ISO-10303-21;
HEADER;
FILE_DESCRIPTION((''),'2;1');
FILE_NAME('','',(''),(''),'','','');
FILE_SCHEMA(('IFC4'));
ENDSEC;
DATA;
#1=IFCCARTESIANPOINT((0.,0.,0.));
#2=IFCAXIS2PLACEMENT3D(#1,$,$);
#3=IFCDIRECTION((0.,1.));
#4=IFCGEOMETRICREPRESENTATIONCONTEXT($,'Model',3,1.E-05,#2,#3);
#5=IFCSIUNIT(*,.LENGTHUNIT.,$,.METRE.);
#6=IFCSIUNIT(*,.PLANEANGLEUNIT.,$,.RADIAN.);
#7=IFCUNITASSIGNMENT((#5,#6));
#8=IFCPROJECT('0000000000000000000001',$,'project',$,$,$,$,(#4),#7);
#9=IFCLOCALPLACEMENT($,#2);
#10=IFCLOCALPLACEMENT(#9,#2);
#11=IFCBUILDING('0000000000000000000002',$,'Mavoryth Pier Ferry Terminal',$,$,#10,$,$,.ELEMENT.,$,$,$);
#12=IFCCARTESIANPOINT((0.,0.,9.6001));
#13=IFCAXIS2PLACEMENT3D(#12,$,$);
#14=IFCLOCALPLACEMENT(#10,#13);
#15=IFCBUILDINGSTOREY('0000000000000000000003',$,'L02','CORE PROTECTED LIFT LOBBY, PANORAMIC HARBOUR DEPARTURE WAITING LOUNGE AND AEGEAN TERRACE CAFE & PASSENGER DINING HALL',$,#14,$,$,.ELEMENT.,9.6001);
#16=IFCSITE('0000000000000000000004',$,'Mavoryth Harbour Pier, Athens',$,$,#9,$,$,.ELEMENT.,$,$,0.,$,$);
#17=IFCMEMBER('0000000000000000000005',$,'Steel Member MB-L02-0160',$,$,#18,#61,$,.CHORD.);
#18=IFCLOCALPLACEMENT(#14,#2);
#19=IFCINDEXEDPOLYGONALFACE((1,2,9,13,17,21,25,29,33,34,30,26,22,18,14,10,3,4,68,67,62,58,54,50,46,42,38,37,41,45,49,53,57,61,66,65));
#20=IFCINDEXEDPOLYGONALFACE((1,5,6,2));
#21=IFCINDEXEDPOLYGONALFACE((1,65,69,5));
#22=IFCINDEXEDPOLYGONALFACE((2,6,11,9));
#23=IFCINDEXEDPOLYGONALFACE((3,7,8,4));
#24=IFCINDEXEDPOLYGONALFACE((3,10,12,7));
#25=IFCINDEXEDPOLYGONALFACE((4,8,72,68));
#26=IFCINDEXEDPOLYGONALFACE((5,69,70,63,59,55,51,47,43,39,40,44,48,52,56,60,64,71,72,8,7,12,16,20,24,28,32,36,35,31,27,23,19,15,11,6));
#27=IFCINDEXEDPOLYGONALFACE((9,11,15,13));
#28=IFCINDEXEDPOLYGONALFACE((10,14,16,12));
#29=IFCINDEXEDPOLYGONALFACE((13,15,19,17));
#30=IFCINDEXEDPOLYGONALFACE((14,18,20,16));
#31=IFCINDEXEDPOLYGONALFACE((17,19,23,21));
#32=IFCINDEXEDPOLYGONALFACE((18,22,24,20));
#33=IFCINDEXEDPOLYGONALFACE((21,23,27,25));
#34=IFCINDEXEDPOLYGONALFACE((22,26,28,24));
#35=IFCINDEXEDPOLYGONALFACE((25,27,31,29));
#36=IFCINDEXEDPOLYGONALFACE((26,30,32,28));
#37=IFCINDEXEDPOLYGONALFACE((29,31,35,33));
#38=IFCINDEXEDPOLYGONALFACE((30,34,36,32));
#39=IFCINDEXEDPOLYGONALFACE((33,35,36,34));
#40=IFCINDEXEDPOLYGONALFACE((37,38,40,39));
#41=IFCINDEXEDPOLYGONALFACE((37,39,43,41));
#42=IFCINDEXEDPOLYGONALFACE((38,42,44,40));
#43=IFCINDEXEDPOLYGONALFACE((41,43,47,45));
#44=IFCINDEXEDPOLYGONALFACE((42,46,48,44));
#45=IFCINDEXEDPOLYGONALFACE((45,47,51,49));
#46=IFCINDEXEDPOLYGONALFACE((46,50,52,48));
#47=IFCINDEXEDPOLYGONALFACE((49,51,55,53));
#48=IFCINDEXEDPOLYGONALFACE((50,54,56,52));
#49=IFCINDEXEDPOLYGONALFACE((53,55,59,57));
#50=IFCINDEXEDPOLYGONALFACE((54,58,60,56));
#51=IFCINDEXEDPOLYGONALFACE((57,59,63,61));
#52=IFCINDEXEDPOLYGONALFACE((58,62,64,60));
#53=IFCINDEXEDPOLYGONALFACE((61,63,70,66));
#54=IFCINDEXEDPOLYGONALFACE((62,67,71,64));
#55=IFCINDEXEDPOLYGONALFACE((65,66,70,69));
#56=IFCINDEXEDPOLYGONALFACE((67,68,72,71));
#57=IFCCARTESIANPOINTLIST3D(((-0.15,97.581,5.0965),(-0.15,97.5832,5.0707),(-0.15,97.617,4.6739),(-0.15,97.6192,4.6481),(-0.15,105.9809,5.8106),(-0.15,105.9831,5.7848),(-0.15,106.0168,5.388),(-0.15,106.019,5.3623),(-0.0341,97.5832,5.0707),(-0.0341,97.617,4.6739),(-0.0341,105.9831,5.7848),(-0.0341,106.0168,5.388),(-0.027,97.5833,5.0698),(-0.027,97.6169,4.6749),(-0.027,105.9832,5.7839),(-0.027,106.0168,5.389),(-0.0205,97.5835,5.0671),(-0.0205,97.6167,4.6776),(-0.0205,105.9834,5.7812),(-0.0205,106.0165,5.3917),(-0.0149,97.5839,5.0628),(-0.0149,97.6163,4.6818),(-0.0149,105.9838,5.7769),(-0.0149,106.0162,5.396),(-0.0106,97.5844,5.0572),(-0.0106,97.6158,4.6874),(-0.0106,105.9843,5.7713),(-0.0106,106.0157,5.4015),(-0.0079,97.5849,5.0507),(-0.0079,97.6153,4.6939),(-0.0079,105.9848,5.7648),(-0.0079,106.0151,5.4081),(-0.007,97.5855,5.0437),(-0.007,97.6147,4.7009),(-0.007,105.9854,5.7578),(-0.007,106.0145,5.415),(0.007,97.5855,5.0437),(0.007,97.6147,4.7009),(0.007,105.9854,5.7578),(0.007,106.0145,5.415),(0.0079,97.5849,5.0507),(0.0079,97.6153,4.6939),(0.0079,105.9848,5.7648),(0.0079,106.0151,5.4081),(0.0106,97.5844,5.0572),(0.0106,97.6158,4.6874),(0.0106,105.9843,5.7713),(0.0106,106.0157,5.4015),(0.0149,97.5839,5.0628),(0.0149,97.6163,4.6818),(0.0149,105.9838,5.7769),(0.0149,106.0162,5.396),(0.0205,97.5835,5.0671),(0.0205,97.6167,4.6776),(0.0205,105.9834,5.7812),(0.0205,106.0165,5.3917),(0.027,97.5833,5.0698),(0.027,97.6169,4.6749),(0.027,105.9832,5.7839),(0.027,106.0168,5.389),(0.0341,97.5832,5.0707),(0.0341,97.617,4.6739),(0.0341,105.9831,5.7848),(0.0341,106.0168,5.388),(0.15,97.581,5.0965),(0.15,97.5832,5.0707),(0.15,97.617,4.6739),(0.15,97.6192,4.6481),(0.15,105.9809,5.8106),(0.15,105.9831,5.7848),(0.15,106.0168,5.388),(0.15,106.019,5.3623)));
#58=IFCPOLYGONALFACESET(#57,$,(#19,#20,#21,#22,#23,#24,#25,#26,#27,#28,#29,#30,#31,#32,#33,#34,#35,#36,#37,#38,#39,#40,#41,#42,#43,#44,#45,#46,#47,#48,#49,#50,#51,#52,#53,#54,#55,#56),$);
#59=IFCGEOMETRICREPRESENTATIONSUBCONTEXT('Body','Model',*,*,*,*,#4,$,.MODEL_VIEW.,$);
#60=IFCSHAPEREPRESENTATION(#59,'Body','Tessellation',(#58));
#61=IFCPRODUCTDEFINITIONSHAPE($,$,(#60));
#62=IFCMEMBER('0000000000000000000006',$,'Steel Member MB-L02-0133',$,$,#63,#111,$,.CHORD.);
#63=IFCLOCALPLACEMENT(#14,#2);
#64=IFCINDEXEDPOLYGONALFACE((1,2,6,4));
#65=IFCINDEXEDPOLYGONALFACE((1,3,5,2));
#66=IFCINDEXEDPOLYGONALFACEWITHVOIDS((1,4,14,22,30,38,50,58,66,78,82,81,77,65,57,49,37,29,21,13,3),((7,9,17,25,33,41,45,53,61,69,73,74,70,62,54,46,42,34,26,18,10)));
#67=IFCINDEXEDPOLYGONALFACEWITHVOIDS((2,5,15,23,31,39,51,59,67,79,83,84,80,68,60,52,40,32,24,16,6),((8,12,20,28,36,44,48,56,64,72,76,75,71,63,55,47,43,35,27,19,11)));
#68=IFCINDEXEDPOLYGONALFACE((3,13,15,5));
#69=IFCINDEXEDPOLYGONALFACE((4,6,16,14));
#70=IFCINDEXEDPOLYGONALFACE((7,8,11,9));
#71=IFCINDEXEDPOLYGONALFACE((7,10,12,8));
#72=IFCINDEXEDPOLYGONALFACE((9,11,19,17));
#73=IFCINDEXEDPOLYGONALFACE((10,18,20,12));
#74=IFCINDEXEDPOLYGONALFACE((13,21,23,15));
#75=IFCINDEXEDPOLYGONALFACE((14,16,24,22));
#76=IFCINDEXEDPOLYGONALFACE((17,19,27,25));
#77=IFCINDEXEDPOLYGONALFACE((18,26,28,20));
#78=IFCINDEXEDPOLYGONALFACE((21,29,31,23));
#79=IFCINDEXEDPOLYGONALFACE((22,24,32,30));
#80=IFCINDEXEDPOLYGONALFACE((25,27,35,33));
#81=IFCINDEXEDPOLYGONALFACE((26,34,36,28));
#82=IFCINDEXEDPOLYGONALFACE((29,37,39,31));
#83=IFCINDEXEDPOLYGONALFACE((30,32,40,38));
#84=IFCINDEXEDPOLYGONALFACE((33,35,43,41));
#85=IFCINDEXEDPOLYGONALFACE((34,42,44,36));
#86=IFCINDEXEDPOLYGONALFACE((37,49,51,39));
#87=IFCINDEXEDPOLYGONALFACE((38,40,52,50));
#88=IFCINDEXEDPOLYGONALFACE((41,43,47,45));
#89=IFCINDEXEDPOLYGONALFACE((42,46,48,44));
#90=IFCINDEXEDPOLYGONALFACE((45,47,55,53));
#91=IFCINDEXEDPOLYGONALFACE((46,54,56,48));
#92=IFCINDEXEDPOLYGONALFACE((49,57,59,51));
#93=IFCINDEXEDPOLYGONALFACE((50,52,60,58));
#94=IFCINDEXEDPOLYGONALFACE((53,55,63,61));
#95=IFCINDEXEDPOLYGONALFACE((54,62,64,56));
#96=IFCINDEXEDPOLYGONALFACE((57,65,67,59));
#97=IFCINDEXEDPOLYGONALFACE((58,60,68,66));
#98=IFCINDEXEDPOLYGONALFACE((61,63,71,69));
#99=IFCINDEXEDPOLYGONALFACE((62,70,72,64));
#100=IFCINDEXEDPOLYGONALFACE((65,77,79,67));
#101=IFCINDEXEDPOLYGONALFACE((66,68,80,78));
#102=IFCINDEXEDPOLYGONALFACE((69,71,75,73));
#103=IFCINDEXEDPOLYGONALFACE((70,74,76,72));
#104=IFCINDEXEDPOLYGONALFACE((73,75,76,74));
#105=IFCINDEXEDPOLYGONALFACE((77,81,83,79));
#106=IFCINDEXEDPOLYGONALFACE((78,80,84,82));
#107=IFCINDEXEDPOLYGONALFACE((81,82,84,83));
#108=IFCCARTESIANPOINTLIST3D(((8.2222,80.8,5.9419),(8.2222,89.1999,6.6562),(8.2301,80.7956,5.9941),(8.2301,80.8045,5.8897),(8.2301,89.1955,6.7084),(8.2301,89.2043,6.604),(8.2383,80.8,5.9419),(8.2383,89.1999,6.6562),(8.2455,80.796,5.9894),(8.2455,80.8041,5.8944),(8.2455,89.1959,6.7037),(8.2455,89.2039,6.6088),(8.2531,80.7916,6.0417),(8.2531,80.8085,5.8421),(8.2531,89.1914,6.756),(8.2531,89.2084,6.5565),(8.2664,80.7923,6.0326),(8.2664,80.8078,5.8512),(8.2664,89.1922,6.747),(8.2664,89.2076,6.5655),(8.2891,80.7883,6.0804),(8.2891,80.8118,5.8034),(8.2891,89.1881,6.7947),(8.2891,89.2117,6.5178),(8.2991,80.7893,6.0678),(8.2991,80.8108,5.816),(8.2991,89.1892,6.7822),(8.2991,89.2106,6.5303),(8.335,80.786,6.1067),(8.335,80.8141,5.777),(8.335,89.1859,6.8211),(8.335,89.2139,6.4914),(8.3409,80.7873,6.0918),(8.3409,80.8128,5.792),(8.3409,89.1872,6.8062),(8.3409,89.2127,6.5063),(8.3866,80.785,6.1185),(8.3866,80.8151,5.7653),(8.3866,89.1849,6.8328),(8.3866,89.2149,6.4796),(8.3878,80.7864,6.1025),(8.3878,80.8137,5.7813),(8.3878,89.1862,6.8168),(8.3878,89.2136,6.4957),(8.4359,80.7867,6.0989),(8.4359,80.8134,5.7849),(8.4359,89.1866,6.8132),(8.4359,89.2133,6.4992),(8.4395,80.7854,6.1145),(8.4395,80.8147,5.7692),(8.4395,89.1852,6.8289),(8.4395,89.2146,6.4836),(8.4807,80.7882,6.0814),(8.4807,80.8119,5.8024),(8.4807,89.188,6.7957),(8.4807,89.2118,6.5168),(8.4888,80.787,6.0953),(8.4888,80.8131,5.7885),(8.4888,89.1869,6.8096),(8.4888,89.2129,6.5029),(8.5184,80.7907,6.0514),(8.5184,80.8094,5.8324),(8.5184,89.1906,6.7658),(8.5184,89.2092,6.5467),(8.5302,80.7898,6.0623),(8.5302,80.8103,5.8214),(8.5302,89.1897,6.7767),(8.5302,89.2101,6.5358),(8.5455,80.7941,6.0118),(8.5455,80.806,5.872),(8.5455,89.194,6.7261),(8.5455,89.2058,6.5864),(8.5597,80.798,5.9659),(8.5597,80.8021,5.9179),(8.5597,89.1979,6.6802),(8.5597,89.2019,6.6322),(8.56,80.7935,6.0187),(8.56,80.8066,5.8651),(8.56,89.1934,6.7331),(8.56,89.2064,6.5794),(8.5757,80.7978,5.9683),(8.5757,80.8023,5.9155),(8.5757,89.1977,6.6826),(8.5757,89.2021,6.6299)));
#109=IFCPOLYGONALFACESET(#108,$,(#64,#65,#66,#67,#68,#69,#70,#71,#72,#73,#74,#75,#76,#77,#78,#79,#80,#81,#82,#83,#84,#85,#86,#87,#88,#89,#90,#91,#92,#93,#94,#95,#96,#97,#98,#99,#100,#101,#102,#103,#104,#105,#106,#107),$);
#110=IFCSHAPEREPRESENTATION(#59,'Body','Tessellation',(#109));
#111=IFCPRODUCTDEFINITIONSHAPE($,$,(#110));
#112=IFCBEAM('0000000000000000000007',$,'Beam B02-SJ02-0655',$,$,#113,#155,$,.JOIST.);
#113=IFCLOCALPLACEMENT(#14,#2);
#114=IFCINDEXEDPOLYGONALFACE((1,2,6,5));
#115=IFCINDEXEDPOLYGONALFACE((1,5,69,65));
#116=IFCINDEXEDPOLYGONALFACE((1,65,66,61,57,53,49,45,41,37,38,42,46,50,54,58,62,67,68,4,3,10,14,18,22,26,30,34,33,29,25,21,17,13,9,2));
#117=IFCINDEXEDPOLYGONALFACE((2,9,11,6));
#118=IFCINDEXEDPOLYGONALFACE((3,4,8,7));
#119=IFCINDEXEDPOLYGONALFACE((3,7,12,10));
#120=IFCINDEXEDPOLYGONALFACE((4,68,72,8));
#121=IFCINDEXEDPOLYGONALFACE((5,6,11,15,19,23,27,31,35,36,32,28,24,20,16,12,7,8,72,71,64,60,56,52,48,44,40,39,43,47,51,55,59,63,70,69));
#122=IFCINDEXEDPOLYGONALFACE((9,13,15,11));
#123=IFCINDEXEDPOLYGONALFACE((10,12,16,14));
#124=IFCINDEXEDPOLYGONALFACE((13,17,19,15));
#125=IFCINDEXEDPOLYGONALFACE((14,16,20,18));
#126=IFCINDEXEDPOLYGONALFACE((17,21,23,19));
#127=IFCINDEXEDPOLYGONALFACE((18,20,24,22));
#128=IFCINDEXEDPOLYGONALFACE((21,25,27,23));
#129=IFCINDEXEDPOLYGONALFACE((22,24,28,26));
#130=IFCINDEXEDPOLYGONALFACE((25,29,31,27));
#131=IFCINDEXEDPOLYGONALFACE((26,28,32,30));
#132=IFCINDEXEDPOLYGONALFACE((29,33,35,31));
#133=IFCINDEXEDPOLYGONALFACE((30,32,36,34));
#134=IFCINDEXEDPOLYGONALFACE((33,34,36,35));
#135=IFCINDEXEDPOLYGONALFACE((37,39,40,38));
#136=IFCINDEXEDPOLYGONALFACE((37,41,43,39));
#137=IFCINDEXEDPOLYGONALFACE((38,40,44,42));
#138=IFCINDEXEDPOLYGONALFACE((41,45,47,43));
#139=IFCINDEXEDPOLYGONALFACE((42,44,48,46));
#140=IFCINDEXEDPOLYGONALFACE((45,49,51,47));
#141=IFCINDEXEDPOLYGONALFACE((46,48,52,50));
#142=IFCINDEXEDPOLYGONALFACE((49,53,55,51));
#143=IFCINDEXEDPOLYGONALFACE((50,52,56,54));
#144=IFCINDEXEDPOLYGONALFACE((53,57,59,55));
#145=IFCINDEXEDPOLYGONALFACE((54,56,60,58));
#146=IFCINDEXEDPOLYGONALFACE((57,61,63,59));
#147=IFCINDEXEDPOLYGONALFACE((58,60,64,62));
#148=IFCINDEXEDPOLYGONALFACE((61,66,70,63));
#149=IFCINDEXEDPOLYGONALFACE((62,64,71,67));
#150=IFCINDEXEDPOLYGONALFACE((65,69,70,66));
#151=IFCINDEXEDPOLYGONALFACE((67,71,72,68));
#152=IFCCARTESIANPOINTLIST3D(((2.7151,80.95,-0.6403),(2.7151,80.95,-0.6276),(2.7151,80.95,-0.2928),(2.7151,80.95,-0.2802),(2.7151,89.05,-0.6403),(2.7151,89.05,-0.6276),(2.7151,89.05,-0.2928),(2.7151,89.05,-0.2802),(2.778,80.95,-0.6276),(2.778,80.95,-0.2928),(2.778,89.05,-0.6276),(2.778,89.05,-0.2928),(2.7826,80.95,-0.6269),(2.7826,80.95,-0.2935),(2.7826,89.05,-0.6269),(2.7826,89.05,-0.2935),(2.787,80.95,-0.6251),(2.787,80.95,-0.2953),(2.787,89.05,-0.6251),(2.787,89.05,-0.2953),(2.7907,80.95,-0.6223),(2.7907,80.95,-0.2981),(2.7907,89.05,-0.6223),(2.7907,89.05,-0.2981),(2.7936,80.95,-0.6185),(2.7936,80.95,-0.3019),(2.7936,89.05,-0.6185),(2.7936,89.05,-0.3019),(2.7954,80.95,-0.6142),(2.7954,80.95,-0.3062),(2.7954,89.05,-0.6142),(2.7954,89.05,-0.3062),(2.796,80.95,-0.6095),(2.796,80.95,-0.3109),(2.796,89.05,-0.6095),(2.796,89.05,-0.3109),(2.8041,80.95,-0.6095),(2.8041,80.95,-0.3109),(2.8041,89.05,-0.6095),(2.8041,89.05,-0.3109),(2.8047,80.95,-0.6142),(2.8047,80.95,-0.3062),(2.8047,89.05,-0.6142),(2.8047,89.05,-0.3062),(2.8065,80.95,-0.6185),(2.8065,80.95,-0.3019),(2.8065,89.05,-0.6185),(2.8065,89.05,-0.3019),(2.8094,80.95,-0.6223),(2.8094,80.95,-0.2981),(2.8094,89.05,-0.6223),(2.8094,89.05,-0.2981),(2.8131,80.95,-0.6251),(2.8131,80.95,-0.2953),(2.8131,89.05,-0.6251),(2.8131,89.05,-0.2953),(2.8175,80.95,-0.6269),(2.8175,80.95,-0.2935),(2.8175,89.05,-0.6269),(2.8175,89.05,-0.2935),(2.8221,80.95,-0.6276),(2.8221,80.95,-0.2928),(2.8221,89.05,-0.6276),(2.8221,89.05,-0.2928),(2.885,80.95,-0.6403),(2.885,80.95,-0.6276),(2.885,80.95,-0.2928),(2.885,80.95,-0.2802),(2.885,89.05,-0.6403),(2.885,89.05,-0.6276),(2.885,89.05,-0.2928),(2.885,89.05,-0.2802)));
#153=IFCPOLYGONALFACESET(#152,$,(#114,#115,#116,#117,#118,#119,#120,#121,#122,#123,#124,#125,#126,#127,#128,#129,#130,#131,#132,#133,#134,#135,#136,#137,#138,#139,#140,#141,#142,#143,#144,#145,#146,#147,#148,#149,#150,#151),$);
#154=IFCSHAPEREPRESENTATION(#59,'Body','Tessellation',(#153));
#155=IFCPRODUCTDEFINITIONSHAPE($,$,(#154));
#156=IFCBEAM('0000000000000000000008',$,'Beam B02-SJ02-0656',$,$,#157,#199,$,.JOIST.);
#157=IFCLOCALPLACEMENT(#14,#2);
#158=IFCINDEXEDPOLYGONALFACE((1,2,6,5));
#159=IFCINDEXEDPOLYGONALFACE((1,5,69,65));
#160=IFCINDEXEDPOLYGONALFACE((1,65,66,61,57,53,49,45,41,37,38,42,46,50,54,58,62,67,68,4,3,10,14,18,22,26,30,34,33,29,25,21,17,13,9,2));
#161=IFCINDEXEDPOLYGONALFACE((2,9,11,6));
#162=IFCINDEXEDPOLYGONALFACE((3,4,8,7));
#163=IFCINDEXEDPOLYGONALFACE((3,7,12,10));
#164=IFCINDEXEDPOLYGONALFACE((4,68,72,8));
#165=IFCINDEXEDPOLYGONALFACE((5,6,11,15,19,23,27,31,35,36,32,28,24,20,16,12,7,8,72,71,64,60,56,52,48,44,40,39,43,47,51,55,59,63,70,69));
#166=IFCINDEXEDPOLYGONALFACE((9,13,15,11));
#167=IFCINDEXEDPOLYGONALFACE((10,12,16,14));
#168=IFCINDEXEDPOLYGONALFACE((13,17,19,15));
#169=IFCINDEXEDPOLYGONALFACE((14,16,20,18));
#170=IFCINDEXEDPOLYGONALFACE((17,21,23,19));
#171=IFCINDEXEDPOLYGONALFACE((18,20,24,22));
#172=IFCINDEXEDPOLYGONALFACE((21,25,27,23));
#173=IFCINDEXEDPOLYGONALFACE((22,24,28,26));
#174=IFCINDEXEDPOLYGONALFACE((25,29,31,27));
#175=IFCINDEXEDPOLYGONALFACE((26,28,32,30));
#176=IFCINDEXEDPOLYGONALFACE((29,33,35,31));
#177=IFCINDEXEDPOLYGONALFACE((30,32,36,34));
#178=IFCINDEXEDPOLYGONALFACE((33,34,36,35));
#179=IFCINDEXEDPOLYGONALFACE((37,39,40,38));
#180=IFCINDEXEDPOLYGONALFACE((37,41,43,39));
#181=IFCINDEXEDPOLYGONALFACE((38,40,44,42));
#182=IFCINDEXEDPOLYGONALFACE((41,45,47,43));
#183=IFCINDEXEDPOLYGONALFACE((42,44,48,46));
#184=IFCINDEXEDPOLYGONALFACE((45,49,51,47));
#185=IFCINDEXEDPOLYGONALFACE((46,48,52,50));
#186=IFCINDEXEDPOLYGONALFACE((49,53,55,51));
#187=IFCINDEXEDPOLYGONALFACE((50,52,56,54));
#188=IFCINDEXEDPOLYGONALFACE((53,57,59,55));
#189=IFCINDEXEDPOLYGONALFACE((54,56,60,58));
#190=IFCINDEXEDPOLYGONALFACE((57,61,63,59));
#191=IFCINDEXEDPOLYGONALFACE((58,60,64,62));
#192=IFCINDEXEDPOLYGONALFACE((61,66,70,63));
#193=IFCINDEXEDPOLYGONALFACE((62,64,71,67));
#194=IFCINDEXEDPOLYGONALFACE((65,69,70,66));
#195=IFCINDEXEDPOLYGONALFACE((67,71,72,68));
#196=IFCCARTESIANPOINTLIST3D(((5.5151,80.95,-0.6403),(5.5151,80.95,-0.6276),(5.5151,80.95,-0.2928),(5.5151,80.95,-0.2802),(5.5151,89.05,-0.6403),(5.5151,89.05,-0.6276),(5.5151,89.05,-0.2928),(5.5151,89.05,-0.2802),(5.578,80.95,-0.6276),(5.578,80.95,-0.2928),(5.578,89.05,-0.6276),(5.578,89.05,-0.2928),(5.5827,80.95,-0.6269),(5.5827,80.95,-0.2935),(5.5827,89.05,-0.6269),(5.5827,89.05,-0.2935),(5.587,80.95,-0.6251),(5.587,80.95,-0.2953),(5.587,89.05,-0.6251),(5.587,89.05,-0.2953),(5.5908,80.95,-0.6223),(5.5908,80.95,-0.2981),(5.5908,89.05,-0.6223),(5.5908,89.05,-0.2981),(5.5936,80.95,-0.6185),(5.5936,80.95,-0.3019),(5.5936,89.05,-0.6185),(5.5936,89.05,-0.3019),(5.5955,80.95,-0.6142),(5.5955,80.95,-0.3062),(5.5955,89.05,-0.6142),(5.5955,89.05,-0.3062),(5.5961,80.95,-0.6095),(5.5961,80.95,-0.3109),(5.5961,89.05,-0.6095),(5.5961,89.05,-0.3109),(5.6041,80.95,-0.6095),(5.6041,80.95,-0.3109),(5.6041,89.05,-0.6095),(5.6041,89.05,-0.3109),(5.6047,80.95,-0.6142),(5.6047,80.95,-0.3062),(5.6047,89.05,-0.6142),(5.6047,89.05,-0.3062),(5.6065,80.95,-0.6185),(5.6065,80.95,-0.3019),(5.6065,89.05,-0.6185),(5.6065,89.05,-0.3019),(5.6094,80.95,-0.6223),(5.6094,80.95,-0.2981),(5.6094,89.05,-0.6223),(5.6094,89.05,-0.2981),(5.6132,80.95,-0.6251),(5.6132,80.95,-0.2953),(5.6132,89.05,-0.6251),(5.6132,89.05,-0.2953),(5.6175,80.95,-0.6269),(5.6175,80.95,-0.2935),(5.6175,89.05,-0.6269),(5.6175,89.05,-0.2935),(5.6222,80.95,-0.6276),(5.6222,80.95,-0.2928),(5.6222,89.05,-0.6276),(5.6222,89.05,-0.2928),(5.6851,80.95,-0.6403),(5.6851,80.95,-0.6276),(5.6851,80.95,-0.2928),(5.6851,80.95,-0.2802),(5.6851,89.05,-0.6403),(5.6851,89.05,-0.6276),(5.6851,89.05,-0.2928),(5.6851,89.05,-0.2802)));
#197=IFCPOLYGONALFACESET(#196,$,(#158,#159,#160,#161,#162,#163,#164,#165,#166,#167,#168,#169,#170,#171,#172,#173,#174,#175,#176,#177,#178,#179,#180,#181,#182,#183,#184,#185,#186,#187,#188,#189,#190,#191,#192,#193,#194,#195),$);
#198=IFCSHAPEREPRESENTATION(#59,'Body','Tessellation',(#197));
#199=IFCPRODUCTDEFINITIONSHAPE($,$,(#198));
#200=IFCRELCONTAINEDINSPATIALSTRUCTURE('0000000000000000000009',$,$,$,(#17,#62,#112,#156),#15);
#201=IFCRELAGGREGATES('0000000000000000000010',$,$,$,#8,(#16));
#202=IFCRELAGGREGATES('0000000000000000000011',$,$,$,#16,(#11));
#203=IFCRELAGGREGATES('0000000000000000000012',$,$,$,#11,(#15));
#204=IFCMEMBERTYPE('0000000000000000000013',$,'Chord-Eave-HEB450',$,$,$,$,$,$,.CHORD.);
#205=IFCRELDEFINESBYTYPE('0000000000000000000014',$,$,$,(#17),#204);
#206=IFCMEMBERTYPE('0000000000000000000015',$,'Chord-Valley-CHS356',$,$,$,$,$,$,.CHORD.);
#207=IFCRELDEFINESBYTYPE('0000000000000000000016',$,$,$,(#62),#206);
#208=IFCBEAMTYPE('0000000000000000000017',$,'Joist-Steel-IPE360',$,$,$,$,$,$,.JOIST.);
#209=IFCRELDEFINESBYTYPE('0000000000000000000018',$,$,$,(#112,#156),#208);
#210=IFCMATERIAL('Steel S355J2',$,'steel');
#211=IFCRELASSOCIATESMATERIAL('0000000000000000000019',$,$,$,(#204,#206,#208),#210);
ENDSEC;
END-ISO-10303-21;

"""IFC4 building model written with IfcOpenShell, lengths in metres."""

from ifc_helpers import new_model, si_unit, direction, frame, origin, origin_2d, place, context, subcontext, project, spatial, hollow_circle, i_section, extrude, material, material_profile, profile_set, type_object, element, save


model = new_model("IFC4")

# Units and contexts
model_context = context("Model", 3, precision=1e-05, world=origin(), true_north=direction((0.0, 1.0)))
body_context = subcontext(model_context, "Body", "Model", "MODEL_VIEW")
ifc_project = project(units=[si_unit("LENGTHUNIT", "METRE"), si_unit("PLANEANGLEUNIT", "RADIAN")], contexts=[model_context])

# Site, building, storey
site_placement = place(None, origin())
site = spatial("IfcSite", under=ifc_project, at=site_placement, Name="Mavoryth Harbour Pier, Athens", CompositionType="ELEMENT", RefElevation=0.0)
building_placement = place(site_placement, origin())
building = spatial("IfcBuilding", under=site, at=building_placement, Name="Mavoryth Pier Ferry Terminal", CompositionType="ELEMENT")
storey_placement = place(building_placement, frame((0.0, 0.0, 9.6001)))
storey = spatial("IfcBuildingStorey", under=building, at=storey_placement, Name="L02", Description="CORE PROTECTED LIFT LOBBY, PANORAMIC HARBOUR DEPARTURE WAITING LOUNGE AND AEGEAN TERRACE CAFE & PASSENGER DINING HALL", CompositionType="ELEMENT", Elevation=9.6001)

# Shared definitions
ifc_material_1 = material(Name="Steel S355J2", Category="steel")

# Members
ifc_material_profile_1 = material_profile(ifc_material_1, i_section(OverallWidth=0.3, OverallDepth=0.45, WebThickness=0.0139, FlangeThickness=0.0259, FilletRadius=0.0271, at=origin_2d()), Name="HEB 450", Category="steel")
ifc_profile_set_1 = profile_set([ifc_material_profile_1], Name="Steel S355J2 - HEB 450")
member_type_1 = type_object("IfcMemberType", Name="Chord-Eave-HEB450", PredefinedType="CHORD", material=ifc_profile_set_1)
member_1_placement = place(storey_placement, frame((0.0, 97.6001, 4.8723), z_axis=(0.0, 0.996406, 0.084709), x_axis=(-1.0, 0.0, 0.0)))
element("IfcMember", 1, at=member_1_placement, inside=storey, type_object=member_type_1, Name="Steel Member MB-L02-0160", PredefinedType="CHORD", context=body_context, shape_type="SweptSolid", body=[
    extrude(i_section(OverallWidth=0.3, OverallDepth=0.45, WebThickness=0.0139, FlangeThickness=0.0259, FilletRadius=0.0271, at=origin_2d()), origin(), (0.0, 0.0, 1.0), 8.4302),
])
ifc_material_profile_2 = material_profile(ifc_material_1, hollow_circle(Radius=0.1777, WallThickness=0.0161, at=origin_2d()), Name="CHS 355.6x16.0", Category="steel")
ifc_profile_set_2 = profile_set([ifc_material_profile_2], Name="Steel S355J2 - CHS 355.6x16.0")
member_type_2 = type_object("IfcMemberType", Name="Chord-Valley-CHS356", PredefinedType="CHORD", material=ifc_profile_set_2)
member_2_placement = place(storey_placement, frame((8.3999, 80.8, 5.9419), z_axis=(0.0, 0.996403, 0.084737), x_axis=(-1.0, 0.0, 0.0)))
element("IfcMember", 2, at=member_2_placement, inside=storey, type_object=member_type_2, Name="Steel Member MB-L02-0133", PredefinedType="CHORD", context=body_context, shape_type="SweptSolid", body=[
    extrude(hollow_circle(Radius=0.1777, WallThickness=0.0161, at=origin_2d()), origin(), (0.0, 0.0, 1.0), 8.4302),
])

# Beams
ifc_material_profile_3 = material_profile(ifc_material_1, i_section(OverallWidth=0.1699, OverallDepth=0.3601, WebThickness=0.0081, FlangeThickness=0.0127, FilletRadius=0.0181, at=origin_2d()), Name="IPE 360", Category="steel")
ifc_profile_set_3 = profile_set([ifc_material_profile_3], Name="Steel S355J2 - IPE 360")
beam_type_1 = type_object("IfcBeamType", Name="Joist-Steel-IPE360", PredefinedType="JOIST", material=ifc_profile_set_3)
for number, where, z_axis, x_axis, name in (
    (3, (2.8, 80.95, -0.4602), (0.0, 1.0, 0.0), (-1.0, 0.0, 0.0), "Beam B02-SJ02-0655"),
    (4, (5.6001, 80.95, -0.4602), (0.0, 1.0, 0.0), (-1.0, 0.0, 0.0), "Beam B02-SJ02-0656"),
):
    element("IfcBeam", number, at=place(storey_placement, frame(where, z_axis=z_axis, x_axis=x_axis)), inside=storey, type_object=beam_type_1, Name=name, PredefinedType="JOIST", context=body_context, shape_type="SweptSolid", body=[
        extrude(i_section(OverallWidth=0.1699, OverallDepth=0.3601, WebThickness=0.0081, FlangeThickness=0.0127, FilletRadius=0.0181, at=origin_2d()), origin(), (0.0, 0.0, 1.0), 8.1001),
    ])

save(model, "model.ifc")
